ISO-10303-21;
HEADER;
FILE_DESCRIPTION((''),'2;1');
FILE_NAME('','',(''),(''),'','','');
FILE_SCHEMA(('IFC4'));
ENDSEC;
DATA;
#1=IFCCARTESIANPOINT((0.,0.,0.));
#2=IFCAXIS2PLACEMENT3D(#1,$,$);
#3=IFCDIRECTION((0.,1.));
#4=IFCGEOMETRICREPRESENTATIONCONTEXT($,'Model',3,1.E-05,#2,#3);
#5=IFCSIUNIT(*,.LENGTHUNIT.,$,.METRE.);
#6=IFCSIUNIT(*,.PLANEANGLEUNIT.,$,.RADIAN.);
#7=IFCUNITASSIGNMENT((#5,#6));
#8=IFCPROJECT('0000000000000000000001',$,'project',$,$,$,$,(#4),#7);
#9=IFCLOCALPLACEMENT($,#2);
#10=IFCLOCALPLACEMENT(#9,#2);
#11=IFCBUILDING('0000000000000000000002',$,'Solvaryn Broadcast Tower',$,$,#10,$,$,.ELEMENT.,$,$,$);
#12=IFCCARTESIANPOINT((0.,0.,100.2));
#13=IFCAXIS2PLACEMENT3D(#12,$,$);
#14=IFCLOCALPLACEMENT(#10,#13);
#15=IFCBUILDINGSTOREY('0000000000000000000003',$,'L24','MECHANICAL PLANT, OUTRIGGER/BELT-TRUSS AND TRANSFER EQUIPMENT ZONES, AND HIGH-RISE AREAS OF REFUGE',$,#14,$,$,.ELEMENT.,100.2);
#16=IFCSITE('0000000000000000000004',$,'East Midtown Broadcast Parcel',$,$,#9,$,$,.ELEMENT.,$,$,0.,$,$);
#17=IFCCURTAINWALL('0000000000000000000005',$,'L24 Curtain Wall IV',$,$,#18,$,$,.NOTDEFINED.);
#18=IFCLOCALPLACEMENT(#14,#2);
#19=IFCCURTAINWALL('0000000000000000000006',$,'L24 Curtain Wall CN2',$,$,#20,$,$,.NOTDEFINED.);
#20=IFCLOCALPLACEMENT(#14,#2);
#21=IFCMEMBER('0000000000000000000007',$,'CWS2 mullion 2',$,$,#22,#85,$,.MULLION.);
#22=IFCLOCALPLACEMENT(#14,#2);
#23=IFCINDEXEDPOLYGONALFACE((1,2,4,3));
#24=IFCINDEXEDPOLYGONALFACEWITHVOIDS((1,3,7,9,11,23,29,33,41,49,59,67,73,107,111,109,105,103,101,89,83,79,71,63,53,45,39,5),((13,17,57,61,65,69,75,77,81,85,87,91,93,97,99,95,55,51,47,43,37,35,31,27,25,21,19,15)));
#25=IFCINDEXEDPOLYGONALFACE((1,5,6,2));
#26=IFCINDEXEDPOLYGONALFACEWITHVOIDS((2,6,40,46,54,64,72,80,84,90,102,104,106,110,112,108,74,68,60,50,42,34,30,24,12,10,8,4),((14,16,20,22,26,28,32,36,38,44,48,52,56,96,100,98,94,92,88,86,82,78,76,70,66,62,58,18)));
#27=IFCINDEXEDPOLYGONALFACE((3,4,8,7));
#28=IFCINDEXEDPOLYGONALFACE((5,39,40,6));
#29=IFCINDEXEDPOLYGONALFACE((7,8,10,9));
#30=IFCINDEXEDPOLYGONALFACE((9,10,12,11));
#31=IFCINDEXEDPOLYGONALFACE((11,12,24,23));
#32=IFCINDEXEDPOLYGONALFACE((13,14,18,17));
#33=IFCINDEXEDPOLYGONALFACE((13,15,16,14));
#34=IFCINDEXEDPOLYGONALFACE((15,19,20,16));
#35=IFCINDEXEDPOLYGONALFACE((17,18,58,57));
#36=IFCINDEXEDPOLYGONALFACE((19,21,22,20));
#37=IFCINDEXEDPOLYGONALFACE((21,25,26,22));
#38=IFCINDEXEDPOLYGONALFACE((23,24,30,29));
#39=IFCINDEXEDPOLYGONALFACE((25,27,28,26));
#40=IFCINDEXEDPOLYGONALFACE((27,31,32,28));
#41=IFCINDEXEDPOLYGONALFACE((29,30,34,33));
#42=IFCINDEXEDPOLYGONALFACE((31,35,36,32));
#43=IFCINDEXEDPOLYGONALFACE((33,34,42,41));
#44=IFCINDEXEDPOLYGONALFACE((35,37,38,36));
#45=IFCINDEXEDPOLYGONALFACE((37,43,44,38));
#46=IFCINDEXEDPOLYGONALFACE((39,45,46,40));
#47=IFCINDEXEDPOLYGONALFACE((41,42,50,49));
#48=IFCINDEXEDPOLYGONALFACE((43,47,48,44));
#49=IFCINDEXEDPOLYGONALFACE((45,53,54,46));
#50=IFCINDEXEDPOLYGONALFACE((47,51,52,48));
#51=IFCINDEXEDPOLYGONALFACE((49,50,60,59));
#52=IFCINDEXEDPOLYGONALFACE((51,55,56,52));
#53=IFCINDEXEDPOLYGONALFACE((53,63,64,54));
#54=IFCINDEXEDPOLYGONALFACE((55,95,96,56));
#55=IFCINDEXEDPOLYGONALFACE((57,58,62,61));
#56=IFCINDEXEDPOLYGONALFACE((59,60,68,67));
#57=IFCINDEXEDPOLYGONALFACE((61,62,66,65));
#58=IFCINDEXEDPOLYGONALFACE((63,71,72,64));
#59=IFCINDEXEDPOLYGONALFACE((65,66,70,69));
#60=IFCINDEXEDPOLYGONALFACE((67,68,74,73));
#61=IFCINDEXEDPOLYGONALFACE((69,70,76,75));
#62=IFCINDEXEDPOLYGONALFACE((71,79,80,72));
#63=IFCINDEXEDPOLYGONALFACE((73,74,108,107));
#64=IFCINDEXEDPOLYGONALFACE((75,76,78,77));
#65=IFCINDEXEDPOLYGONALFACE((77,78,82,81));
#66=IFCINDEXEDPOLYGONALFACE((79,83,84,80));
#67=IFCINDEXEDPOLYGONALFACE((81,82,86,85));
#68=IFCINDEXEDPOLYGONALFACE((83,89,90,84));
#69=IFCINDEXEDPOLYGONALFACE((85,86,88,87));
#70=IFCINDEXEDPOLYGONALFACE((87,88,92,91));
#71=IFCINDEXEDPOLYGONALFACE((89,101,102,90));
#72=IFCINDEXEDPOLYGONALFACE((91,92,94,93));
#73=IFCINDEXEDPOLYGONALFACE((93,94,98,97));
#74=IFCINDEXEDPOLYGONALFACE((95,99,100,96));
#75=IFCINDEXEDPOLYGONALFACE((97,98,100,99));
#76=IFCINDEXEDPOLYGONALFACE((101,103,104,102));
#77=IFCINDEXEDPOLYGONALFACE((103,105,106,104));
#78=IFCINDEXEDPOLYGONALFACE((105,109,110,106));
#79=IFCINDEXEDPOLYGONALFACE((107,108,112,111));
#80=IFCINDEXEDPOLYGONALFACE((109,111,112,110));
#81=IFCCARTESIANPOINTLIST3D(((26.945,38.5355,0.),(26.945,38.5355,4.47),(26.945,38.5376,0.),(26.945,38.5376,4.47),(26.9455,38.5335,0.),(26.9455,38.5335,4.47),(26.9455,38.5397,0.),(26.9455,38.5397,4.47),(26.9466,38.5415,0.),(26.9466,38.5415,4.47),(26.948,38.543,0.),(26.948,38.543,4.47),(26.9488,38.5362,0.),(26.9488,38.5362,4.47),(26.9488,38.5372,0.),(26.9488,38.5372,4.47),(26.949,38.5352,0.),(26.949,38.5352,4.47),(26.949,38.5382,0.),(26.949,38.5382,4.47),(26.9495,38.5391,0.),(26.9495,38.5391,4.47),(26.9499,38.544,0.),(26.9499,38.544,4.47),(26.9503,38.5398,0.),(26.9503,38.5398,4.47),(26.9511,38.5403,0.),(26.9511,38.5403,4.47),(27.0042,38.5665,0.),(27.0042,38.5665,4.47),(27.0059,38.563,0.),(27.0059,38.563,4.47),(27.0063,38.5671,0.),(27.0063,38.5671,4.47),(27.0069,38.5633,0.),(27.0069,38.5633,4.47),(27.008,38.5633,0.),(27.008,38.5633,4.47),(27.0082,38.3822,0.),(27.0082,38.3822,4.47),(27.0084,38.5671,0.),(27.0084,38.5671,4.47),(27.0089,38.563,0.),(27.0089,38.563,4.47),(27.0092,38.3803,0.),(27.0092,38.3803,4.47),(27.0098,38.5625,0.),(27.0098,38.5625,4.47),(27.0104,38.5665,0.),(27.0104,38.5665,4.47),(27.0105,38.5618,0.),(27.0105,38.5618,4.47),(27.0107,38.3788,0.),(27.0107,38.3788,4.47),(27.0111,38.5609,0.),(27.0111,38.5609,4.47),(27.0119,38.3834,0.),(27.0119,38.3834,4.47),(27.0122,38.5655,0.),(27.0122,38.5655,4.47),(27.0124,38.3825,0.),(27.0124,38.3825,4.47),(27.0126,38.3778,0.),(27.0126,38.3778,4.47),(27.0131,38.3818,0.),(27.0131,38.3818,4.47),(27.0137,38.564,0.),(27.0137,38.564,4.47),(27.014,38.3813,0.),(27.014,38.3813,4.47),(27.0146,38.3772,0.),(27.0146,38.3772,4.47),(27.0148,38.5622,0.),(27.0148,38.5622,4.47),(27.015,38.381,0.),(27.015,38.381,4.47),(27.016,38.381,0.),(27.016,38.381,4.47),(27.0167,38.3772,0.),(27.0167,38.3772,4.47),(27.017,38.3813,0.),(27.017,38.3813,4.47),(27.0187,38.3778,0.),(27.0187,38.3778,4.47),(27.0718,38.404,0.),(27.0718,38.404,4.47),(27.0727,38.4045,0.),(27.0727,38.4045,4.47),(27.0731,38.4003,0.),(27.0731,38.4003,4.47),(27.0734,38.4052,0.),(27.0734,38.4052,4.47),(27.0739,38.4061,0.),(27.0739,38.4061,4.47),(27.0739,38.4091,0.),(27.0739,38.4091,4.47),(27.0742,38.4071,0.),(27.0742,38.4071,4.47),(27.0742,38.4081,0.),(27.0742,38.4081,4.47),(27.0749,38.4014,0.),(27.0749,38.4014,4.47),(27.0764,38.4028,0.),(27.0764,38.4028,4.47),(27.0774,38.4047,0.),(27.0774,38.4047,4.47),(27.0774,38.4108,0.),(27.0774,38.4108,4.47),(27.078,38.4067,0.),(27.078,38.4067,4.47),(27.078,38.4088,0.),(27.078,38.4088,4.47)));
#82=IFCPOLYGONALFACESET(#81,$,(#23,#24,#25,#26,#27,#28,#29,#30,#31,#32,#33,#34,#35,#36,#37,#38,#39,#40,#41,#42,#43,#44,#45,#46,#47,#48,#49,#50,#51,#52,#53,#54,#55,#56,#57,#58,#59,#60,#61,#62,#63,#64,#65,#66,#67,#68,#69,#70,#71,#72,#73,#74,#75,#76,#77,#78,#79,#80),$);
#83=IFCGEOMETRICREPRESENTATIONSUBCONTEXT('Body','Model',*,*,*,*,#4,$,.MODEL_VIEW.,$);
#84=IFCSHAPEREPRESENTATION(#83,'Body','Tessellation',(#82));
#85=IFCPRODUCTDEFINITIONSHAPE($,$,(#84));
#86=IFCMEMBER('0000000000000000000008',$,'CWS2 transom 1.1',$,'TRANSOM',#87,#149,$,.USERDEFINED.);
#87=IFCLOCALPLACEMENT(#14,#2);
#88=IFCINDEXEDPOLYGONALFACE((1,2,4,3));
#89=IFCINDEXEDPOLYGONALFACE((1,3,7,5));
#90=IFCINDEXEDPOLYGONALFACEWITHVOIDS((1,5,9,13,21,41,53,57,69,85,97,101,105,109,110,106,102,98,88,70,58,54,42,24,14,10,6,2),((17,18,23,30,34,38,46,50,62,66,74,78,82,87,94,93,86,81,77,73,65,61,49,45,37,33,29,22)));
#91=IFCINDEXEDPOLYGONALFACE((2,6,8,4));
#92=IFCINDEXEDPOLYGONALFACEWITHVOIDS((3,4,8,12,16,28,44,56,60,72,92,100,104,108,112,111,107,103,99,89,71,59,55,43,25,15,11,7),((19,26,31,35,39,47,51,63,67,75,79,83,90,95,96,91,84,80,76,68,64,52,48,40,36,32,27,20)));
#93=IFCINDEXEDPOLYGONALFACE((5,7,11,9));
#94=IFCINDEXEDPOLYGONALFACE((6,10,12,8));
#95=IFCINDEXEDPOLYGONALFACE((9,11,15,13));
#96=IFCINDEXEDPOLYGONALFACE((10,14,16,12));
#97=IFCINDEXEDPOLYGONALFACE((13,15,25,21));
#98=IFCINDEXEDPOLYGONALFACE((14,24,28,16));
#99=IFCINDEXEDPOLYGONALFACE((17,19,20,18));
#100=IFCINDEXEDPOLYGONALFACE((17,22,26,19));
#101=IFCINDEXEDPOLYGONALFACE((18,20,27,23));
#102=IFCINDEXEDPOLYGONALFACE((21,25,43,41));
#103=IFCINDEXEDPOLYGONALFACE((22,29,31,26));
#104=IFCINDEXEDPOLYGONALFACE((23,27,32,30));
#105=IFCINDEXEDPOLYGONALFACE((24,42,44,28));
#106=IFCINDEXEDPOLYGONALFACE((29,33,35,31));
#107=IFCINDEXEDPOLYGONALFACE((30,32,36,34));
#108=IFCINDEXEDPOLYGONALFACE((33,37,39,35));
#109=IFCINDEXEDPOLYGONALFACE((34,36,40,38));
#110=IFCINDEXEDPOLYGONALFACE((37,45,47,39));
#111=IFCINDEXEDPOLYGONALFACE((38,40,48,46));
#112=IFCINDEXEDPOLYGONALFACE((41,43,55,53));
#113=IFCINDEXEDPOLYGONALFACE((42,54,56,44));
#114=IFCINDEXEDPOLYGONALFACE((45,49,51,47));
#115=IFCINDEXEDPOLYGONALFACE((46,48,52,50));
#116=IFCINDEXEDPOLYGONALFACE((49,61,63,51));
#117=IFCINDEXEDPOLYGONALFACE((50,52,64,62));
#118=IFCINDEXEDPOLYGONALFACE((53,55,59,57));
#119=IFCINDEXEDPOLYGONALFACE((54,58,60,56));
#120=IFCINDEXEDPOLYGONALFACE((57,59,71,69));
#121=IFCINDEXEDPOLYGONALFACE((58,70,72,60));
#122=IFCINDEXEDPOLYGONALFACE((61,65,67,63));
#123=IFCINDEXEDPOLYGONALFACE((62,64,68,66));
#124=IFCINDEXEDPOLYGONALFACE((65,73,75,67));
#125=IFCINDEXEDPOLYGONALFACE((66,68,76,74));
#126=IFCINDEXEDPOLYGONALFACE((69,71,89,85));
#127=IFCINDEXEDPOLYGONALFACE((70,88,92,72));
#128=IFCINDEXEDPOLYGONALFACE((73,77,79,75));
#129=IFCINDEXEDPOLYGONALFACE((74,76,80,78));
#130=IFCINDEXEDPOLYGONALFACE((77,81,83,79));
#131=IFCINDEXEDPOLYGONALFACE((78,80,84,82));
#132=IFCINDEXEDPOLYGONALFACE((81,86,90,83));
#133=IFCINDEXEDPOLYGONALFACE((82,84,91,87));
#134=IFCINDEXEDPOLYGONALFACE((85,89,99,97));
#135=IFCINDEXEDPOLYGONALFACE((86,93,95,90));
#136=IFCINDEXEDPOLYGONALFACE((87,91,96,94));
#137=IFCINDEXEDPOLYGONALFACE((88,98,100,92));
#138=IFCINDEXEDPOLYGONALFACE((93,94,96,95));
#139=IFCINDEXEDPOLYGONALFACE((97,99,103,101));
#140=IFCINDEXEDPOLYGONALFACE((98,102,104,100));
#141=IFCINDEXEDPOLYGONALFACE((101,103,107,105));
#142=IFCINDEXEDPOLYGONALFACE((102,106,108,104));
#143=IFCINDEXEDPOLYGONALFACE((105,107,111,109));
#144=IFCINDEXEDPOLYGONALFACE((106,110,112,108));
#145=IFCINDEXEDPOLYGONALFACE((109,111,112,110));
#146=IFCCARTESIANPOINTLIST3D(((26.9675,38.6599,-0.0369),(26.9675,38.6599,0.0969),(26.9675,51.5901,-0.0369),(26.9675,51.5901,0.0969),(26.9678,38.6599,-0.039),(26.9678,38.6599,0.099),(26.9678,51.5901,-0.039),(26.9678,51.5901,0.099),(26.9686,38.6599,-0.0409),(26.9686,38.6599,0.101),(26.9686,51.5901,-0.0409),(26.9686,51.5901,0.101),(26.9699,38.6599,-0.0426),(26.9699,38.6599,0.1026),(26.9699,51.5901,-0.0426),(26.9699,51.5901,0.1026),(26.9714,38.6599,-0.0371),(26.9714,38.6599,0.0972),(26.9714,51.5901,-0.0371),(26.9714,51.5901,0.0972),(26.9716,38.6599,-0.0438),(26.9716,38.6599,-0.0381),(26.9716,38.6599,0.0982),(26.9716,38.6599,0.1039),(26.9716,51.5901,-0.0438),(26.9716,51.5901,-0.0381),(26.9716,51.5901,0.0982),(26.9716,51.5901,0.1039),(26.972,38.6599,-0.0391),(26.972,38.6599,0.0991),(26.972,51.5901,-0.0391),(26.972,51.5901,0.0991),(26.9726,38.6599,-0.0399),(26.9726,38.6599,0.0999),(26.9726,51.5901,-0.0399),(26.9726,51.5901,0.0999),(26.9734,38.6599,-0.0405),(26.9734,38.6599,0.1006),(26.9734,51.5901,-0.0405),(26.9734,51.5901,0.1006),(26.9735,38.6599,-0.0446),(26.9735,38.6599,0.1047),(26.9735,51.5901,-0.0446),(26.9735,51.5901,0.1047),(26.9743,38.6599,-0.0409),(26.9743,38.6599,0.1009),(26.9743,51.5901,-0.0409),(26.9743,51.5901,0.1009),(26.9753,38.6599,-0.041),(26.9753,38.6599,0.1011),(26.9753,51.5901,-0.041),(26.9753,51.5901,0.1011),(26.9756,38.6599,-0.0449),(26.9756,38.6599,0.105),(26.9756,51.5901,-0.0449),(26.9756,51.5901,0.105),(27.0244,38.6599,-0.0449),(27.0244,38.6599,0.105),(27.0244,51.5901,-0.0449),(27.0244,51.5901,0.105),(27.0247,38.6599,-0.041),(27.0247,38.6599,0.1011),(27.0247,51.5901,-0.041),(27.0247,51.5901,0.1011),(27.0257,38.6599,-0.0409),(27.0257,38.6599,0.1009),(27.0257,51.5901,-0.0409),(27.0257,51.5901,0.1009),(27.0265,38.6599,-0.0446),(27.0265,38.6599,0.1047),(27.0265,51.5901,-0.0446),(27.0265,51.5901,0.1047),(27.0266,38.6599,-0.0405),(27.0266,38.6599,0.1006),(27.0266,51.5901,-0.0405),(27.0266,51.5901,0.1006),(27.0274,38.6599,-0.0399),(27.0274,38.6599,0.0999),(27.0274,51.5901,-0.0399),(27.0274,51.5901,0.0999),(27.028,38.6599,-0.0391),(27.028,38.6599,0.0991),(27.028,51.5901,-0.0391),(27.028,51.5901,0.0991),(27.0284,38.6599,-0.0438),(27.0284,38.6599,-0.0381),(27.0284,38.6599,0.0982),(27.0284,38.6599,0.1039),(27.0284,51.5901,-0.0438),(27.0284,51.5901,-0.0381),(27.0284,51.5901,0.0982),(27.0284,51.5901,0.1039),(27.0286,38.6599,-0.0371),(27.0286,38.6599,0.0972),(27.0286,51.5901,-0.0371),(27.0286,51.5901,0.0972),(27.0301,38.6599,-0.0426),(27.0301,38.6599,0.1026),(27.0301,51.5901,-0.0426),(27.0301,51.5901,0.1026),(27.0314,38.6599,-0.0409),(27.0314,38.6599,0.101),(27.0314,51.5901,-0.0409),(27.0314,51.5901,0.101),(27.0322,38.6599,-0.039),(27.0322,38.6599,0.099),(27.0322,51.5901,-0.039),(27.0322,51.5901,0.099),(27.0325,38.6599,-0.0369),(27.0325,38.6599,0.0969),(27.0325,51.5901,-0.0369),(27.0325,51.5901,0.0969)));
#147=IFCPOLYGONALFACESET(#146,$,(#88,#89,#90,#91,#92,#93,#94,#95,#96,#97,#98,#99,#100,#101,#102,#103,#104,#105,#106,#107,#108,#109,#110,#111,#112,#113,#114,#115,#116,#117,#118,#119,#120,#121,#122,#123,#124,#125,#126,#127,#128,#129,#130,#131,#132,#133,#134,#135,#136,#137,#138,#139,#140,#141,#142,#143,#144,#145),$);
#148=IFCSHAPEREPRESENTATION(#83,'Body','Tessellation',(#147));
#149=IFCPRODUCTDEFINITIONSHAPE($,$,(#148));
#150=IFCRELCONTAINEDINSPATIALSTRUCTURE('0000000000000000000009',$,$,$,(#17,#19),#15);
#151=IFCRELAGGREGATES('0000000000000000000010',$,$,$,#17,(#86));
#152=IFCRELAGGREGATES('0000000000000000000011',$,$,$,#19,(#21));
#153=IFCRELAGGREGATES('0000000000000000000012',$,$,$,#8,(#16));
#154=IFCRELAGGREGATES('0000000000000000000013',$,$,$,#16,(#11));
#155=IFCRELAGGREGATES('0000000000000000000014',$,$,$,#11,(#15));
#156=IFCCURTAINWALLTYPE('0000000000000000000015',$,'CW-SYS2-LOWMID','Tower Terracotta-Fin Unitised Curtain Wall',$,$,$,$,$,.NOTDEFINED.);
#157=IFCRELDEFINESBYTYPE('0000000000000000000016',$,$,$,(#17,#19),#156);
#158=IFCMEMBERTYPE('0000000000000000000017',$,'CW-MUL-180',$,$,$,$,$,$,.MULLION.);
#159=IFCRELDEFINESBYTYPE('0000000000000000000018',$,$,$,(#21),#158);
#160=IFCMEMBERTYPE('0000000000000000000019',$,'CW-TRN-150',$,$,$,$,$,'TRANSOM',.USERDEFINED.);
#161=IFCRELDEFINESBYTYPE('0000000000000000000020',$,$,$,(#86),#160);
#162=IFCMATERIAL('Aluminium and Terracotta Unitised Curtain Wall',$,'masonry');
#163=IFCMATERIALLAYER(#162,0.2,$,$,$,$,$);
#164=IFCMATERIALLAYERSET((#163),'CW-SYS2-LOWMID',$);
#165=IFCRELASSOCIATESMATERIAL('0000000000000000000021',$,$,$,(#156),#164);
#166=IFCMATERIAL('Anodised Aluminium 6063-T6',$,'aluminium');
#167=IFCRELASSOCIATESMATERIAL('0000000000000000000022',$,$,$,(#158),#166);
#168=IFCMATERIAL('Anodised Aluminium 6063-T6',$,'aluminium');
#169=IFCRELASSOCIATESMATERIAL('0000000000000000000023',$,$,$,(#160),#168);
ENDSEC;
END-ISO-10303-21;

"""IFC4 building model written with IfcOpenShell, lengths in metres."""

from ifc_helpers import new_model, si_unit, direction, frame, origin, origin_2d, place, context, subcontext, project, spatial, hollow_rectangle, extrude, material, layer, layer_set, material_profile, profile_set, type_object, element, aggregate, save


model = new_model("IFC4")

# Units and contexts
model_context = context("Model", 3, precision=1e-05, world=origin(), true_north=direction((0.0, 1.0)))
body_context = subcontext(model_context, "Body", "Model", "MODEL_VIEW")
ifc_project = project(units=[si_unit("LENGTHUNIT", "METRE"), si_unit("PLANEANGLEUNIT", "RADIAN")], contexts=[model_context])

# Site, building, storey
site_placement = place(None, origin())
site = spatial("IfcSite", under=ifc_project, at=site_placement, Name="East Midtown Broadcast Parcel", CompositionType="ELEMENT", RefElevation=0.0)
building_placement = place(site_placement, origin())
building = spatial("IfcBuilding", under=site, at=building_placement, Name="Solvaryn Broadcast Tower", CompositionType="ELEMENT")
storey_placement = place(building_placement, frame((0.0, 0.0, 100.2)))
storey = spatial("IfcBuildingStorey", under=building, at=storey_placement, Name="L24", Description="MECHANICAL PLANT, OUTRIGGER/BELT-TRUSS AND TRANSFER EQUIPMENT ZONES, AND HIGH-RISE AREAS OF REFUGE", CompositionType="ELEMENT", Elevation=100.2)

# Curtain wall
ifc_material_1 = material(Name="Aluminium and Terracotta Unitised Curtain Wall", Category="masonry")
ifc_layer_1 = layer(ifc_material_1, 0.2)
ifc_layer_set_1 = layer_set([ifc_layer_1], Name="CW-SYS2-LOWMID")
curtain_wall_type = type_object("IfcCurtainWallType", Name="CW-SYS2-LOWMID", Description="Tower Terracotta-Fin Unitised Curtain Wall", PredefinedType="NOTDEFINED", material=ifc_layer_set_1)
curtain_wall_1_placement = place(storey_placement, origin())
curtain_wall_1 = element("IfcCurtainWall", 1, at=curtain_wall_1_placement, inside=storey, type_object=curtain_wall_type, Name="L24 Curtain Wall IV", PredefinedType="NOTDEFINED")
ifc_material_2 = material(Name="Anodised Aluminium 6063-T6", Category="aluminium")
ifc_material_profile_1 = material_profile(ifc_material_2, hollow_rectangle(XDim=0.075, YDim=0.1799, WallThickness=0.0039, InnerFilletRadius=0.0039, OuterFilletRadius=0.0081, at=origin_2d()))
ifc_profile_set_1 = profile_set([ifc_material_profile_1], Name="Anodised Aluminium 6063-T6")
member_type_1 = type_object("IfcMemberType", Name="CW-MUL-180", PredefinedType="MULLION", material=ifc_profile_set_1)

# Curtain wall, member
curtain_wall_2_placement = place(storey_placement, origin())
curtain_wall_2 = element("IfcCurtainWall", 2, at=curtain_wall_2_placement, inside=storey, type_object=curtain_wall_type, Name="L24 Curtain Wall CN2", PredefinedType="NOTDEFINED")
member_1_placement = place(storey_placement, frame((27.0115, 38.4722, 0.0), z_axis=(0.0, 0.0, 1.0), x_axis=(-0.923895, -0.382646, 0.0)))
member_1 = element("IfcMember", 3, at=member_1_placement, type_object=member_type_1, Name="CWS2 mullion 2", PredefinedType="MULLION", context=body_context, shape_type="SweptSolid", body=[
    extrude(hollow_rectangle(XDim=0.075, YDim=0.1799, WallThickness=0.0039, InnerFilletRadius=0.0039, OuterFilletRadius=0.0081, at=origin_2d()), origin(), (0.0, 0.0, 1.0), 4.47),
])

# Member
ifc_material_3 = material(Name="Anodised Aluminium 6063-T6", Category="aluminium")
ifc_material_profile_2 = material_profile(ifc_material_3, hollow_rectangle(XDim=0.0649, YDim=0.1499, WallThickness=0.0039, InnerFilletRadius=0.0039, OuterFilletRadius=0.0081, at=origin_2d()))
ifc_profile_set_2 = profile_set([ifc_material_profile_2], Name="Anodised Aluminium 6063-T6")
member_type_2 = type_object("IfcMemberType", Name="CW-TRN-150", ElementType="TRANSOM", PredefinedType="USERDEFINED", material=ifc_profile_set_2)
member_2_placement = place(storey_placement, frame((27.0, 51.5901, 0.03), z_axis=(0.0, -1.0, 0.0), x_axis=(1.0, 0.0, 0.0)))
member_2 = element("IfcMember", 4, at=member_2_placement, type_object=member_type_2, Name="CWS2 transom 1.1", ObjectType="TRANSOM", PredefinedType="USERDEFINED", context=body_context, shape_type="SweptSolid", body=[
    extrude(hollow_rectangle(XDim=0.0649, YDim=0.1499, WallThickness=0.0039, InnerFilletRadius=0.0039, OuterFilletRadius=0.0081, at=origin_2d()), origin(), (0.0, 0.0, 1.0), 12.9302),
])

aggregate(curtain_wall_1, [member_2])
aggregate(curtain_wall_2, [member_1])

save(model, "model.ifc")
